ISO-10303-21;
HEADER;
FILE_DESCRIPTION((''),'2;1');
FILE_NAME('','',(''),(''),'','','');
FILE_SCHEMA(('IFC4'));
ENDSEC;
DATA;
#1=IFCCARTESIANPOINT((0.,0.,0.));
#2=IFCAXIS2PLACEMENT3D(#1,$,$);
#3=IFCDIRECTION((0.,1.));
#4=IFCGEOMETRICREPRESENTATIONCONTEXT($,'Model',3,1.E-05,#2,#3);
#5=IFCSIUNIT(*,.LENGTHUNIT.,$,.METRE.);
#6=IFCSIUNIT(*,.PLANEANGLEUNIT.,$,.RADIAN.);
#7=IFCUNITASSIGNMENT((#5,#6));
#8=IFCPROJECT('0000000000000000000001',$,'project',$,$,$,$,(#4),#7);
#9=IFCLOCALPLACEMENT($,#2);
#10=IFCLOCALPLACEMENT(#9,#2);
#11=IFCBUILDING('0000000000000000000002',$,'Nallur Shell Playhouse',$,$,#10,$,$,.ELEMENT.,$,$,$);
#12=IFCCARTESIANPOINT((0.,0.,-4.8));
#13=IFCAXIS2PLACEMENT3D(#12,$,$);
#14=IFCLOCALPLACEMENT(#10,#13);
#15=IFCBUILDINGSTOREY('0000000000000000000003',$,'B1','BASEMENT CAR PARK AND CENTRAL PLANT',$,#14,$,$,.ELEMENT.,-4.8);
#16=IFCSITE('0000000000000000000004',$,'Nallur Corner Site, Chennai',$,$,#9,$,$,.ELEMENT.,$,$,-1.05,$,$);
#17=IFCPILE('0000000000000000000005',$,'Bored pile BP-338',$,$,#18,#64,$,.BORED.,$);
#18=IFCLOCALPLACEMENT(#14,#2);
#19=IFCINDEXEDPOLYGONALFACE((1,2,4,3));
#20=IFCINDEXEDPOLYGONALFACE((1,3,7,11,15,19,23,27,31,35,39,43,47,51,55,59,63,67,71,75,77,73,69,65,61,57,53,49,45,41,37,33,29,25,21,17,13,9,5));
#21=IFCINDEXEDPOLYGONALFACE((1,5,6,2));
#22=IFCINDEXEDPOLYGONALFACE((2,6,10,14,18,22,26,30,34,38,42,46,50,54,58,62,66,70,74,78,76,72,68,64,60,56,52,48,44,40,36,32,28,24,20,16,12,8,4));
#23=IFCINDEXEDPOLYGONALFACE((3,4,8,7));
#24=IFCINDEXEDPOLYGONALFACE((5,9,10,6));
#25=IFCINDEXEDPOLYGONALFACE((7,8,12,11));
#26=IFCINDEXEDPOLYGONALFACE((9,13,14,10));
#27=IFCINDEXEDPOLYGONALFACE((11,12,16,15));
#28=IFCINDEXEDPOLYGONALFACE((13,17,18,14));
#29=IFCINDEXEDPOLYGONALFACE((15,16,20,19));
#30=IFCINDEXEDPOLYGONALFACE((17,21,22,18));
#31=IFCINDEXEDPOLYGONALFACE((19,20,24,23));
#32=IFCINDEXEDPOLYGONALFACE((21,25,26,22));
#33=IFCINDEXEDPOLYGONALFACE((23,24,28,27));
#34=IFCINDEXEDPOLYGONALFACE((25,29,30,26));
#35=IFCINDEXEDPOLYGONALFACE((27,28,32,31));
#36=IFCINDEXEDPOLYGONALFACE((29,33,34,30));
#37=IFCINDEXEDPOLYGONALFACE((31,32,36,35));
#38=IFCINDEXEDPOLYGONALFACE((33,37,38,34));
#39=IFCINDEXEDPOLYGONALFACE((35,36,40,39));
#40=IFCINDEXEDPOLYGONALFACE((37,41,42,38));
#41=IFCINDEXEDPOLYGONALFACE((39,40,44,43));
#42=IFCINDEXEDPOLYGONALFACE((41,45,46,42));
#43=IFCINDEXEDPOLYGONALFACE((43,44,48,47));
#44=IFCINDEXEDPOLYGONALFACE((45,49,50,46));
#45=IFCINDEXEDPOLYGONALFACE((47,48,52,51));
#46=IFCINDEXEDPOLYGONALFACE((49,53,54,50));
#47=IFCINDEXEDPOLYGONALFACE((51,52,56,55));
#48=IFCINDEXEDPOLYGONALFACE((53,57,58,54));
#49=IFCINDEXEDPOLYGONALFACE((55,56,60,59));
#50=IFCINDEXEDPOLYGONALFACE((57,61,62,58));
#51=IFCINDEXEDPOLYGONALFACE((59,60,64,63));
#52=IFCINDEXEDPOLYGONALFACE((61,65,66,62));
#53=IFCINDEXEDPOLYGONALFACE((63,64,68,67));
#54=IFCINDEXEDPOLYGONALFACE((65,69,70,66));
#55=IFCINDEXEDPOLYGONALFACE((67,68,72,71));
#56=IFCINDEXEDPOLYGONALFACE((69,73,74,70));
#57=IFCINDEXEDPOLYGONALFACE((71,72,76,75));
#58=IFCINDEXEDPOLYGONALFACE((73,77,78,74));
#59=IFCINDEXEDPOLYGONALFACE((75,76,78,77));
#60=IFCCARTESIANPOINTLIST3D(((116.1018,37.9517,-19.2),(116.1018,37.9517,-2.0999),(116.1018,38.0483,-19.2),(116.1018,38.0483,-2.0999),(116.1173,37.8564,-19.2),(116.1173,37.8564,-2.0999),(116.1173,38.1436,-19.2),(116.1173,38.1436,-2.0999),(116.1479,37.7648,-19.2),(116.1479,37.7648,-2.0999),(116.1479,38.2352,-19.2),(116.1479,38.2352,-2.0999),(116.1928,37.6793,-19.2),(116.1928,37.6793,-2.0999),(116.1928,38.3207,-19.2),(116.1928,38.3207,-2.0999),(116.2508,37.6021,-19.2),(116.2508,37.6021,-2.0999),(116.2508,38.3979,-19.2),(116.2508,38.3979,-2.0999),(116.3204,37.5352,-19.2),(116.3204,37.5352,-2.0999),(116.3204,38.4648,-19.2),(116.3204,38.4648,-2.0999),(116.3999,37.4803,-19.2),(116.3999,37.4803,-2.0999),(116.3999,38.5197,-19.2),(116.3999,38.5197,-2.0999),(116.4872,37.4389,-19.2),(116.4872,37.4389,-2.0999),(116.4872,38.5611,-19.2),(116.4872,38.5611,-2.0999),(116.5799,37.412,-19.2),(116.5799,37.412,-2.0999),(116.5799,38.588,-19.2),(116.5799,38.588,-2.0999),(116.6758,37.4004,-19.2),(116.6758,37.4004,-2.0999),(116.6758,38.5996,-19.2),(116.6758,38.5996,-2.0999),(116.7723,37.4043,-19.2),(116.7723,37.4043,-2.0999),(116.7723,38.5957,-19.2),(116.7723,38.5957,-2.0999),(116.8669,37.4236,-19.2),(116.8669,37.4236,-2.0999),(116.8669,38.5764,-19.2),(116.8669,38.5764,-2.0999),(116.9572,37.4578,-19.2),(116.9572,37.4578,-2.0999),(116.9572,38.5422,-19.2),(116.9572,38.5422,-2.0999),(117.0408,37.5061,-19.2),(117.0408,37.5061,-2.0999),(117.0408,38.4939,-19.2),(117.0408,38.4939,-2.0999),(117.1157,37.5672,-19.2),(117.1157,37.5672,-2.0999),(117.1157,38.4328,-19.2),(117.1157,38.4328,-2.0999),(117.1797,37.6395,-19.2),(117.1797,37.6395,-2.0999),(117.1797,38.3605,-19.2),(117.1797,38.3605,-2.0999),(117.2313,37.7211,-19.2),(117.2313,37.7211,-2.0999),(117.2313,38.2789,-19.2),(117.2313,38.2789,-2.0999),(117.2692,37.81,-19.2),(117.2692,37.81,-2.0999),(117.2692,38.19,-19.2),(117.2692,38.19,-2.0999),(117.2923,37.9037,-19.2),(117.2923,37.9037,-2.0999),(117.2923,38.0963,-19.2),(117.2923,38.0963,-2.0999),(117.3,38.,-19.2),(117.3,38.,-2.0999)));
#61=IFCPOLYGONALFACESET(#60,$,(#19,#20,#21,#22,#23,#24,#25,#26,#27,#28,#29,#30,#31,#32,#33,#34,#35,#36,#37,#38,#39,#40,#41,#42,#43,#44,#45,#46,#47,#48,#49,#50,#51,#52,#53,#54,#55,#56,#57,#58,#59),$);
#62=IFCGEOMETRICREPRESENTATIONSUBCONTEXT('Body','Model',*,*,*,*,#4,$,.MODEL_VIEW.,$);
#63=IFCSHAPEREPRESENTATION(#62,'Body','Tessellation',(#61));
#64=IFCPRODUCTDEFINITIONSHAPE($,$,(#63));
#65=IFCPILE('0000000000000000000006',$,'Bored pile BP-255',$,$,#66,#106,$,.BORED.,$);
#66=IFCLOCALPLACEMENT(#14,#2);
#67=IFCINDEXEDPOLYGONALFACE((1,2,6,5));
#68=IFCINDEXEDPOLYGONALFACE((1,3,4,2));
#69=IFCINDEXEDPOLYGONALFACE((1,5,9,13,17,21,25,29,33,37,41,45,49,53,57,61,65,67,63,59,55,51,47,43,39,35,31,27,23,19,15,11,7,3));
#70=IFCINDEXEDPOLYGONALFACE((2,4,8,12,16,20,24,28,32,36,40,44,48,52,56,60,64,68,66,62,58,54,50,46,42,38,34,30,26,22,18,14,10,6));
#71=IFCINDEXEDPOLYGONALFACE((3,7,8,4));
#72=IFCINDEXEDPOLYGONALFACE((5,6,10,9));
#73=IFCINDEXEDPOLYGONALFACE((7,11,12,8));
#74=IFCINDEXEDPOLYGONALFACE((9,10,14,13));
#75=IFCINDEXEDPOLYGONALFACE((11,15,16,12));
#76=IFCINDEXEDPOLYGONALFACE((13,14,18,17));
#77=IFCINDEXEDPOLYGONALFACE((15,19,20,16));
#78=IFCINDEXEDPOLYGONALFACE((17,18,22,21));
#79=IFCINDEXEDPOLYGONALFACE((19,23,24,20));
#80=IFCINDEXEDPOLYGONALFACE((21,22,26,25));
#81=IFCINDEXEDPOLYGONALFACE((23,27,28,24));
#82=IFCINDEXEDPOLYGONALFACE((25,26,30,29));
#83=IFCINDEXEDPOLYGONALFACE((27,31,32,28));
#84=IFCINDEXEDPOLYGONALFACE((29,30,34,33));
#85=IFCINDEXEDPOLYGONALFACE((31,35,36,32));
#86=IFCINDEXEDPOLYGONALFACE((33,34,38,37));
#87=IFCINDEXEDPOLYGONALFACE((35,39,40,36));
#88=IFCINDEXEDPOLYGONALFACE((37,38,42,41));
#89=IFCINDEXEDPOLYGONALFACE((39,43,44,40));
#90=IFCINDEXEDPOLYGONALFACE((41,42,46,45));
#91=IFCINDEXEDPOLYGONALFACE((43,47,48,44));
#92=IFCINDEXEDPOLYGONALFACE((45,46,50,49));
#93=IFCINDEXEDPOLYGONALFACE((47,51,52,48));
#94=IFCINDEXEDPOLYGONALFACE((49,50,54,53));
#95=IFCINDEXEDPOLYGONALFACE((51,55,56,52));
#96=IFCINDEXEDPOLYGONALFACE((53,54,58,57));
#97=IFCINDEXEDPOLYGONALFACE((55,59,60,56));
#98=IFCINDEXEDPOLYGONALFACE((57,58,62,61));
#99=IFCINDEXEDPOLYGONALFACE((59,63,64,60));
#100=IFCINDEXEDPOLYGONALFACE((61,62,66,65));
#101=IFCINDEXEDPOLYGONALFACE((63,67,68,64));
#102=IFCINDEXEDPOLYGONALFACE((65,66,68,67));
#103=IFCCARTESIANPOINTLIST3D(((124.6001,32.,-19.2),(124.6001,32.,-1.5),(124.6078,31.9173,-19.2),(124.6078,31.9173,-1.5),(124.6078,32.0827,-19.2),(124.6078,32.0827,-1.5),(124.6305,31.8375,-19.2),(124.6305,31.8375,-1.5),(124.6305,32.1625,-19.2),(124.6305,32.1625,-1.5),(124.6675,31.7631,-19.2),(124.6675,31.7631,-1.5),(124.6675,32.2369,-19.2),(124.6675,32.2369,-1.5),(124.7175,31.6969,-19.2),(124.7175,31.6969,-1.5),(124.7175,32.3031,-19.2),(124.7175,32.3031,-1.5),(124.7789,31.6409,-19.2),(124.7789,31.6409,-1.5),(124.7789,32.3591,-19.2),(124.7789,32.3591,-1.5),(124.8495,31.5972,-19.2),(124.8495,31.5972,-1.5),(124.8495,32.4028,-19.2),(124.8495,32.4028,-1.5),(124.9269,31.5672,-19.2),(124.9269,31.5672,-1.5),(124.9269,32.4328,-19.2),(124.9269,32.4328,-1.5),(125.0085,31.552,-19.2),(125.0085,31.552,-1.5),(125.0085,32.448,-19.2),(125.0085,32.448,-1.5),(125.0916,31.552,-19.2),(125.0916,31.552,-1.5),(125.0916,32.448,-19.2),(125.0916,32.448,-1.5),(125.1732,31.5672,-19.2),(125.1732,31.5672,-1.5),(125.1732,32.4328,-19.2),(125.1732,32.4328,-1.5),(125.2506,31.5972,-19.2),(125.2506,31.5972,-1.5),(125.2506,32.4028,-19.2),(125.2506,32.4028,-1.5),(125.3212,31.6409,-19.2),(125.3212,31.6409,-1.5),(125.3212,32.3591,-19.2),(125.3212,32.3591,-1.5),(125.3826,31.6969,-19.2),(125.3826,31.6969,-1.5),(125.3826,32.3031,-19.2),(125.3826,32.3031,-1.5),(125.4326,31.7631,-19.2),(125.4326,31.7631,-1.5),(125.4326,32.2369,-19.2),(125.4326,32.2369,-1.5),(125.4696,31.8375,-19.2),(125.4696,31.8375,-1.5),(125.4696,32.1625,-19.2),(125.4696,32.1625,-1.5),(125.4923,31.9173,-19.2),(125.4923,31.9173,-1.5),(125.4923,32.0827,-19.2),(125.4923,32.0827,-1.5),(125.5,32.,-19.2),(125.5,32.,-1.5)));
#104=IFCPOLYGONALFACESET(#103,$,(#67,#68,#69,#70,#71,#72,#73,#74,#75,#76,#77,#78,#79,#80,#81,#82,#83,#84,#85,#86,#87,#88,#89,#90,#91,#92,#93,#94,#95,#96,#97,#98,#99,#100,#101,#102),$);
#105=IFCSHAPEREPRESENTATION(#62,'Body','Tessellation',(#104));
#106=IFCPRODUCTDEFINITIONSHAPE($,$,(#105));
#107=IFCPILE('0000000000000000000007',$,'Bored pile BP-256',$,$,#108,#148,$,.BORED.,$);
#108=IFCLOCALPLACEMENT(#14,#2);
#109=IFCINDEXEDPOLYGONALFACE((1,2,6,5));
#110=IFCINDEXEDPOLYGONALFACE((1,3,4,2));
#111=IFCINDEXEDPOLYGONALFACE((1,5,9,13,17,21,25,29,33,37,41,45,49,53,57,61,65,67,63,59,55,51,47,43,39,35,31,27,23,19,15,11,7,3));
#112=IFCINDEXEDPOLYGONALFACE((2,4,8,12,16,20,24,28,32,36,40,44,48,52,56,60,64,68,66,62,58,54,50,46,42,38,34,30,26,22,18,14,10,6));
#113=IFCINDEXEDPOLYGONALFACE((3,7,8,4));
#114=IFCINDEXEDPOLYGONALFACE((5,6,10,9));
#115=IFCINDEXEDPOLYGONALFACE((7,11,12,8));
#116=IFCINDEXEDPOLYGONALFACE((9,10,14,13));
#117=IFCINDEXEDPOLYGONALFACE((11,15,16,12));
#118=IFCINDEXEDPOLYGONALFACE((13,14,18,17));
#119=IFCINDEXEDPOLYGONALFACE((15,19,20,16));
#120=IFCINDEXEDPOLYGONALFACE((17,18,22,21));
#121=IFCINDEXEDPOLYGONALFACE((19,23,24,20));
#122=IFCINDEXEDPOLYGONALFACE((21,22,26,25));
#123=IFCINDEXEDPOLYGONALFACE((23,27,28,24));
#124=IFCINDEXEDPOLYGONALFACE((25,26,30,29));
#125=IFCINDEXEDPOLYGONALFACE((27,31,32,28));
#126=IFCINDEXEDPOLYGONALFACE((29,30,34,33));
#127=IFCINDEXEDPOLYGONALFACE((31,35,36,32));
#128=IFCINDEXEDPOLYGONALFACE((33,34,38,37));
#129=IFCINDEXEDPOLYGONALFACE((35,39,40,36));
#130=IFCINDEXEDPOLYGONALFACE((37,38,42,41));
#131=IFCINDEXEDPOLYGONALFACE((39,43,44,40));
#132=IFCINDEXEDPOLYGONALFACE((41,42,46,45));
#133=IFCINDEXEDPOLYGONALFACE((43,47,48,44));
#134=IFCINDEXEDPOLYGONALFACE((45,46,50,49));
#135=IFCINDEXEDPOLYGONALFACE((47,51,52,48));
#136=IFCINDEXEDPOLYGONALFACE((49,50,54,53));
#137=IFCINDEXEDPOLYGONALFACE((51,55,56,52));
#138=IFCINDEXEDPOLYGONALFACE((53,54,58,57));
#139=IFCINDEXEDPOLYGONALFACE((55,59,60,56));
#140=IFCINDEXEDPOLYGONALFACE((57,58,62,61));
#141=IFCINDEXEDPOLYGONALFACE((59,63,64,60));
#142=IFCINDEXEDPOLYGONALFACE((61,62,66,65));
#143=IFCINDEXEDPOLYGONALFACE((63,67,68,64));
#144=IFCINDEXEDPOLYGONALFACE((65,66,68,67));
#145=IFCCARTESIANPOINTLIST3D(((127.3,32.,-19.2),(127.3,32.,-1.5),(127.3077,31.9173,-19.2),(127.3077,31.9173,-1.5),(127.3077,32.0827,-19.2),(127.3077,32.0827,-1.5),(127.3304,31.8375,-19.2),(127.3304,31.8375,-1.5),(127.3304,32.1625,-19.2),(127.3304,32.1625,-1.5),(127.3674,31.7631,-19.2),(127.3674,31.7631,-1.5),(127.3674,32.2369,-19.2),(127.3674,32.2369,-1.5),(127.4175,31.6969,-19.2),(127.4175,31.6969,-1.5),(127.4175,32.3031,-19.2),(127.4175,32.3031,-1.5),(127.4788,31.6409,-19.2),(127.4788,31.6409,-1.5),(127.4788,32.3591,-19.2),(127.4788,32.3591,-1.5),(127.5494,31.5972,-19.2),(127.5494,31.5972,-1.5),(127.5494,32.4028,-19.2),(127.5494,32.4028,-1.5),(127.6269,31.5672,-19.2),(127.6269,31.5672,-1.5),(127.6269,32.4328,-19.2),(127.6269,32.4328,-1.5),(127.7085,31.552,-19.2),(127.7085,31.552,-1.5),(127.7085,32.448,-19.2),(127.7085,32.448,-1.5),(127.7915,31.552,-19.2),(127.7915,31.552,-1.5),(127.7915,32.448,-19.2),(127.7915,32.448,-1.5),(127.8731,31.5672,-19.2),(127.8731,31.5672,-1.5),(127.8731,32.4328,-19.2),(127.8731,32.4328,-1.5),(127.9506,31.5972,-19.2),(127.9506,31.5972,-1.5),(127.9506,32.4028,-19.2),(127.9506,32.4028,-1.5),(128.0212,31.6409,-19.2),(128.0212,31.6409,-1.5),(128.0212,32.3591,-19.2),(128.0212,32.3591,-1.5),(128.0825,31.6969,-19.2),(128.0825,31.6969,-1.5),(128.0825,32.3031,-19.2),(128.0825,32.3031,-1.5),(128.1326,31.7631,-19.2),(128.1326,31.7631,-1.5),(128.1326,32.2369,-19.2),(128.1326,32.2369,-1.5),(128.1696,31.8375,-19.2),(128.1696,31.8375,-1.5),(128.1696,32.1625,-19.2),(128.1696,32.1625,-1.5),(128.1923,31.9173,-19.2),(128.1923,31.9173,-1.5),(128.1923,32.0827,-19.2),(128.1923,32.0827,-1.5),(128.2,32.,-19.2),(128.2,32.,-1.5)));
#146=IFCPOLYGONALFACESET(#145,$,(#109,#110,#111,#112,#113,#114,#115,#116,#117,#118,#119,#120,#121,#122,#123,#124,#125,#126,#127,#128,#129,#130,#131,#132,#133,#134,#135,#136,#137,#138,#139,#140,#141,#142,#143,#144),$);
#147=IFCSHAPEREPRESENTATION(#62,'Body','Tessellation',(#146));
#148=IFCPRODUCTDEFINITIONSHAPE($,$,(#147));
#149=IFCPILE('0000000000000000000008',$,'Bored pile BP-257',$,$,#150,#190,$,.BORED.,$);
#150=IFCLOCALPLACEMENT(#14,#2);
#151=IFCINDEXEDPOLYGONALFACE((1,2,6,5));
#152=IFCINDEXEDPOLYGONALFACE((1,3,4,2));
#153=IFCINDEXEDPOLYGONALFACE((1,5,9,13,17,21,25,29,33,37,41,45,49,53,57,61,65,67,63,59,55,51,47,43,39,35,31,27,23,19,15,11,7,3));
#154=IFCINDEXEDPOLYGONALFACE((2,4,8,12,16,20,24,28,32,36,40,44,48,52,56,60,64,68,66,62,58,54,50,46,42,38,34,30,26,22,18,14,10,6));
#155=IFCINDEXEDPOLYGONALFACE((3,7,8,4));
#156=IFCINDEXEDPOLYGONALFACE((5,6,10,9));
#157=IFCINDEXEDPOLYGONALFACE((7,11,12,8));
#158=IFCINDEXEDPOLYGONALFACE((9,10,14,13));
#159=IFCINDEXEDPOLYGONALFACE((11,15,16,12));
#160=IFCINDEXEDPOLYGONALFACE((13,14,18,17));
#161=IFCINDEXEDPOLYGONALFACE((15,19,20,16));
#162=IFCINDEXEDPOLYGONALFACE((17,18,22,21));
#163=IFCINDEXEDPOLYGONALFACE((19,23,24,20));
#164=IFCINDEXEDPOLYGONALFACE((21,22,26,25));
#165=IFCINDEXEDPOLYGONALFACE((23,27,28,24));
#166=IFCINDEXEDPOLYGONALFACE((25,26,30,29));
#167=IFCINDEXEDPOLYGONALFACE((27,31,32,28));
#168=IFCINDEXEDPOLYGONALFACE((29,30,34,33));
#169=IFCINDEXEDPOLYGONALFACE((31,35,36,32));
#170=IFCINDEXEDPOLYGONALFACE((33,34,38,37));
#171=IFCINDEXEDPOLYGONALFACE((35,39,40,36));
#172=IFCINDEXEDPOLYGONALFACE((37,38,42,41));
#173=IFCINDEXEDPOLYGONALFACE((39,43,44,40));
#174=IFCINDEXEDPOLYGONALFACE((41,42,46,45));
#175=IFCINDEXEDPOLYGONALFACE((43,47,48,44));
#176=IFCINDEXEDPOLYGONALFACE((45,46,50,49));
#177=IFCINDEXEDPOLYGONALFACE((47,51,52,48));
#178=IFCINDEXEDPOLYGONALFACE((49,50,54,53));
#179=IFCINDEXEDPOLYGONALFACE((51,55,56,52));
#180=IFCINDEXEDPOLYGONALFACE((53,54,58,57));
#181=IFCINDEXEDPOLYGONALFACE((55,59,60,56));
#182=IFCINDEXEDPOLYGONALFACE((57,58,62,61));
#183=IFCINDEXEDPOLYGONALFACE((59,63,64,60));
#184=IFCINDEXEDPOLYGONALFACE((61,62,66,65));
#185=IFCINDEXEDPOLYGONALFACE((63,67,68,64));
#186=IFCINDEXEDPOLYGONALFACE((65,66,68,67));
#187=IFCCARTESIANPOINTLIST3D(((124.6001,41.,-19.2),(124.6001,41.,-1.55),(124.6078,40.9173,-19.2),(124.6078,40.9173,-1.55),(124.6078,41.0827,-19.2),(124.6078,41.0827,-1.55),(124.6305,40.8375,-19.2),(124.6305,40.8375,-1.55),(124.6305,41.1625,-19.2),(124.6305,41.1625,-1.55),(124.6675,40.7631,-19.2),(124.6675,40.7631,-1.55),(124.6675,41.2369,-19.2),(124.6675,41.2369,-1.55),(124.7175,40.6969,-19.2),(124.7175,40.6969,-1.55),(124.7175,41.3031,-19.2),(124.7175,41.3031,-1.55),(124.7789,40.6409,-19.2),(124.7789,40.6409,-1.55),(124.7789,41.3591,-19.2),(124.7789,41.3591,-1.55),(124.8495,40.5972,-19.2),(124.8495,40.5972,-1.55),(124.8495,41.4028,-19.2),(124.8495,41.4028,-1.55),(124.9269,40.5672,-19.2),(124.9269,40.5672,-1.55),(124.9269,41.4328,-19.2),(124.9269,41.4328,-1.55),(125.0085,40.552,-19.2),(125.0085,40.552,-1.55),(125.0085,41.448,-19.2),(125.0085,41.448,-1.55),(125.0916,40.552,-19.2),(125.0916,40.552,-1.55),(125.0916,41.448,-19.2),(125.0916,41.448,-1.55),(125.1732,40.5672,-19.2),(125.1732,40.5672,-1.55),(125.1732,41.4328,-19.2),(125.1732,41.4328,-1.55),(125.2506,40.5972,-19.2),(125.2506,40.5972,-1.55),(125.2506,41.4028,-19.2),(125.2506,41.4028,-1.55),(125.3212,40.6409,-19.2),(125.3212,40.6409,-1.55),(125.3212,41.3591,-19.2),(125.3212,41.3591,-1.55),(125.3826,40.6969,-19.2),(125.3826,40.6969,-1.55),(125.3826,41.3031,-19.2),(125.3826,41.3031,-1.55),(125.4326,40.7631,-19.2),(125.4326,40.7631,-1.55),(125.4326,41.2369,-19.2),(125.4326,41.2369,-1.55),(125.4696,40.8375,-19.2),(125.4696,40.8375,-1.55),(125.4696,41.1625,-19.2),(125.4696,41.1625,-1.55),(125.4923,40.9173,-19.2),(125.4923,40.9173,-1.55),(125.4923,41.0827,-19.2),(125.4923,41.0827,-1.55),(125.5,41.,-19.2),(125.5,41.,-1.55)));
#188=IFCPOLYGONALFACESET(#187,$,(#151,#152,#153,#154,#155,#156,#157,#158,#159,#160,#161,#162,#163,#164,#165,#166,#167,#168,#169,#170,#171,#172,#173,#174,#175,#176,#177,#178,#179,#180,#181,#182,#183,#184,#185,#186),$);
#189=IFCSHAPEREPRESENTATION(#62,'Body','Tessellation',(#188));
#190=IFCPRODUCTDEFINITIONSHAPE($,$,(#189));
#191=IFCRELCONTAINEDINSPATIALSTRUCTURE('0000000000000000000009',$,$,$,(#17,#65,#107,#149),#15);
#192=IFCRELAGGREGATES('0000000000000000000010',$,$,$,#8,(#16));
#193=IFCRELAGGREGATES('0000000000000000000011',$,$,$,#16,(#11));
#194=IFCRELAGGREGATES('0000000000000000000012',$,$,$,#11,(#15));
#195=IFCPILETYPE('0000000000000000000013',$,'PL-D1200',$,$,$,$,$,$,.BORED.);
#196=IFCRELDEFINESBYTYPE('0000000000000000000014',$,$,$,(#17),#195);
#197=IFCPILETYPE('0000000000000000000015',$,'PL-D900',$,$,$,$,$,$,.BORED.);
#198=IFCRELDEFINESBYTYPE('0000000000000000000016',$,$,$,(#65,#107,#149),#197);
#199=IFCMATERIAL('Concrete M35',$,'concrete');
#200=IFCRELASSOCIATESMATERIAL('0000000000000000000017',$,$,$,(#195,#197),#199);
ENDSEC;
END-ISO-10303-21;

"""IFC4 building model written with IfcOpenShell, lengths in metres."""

from ifc_helpers import new_model, si_unit, direction, frame, origin, origin_2d, place, context, subcontext, project, spatial, circle, extrude, material, material_profile, profile_set, type_object, element, save


model = new_model("IFC4")

# Units and contexts
model_context = context("Model", 3, precision=1e-05, world=origin(), true_north=direction((0.0, 1.0)))
body_context = subcontext(model_context, "Body", "Model", "MODEL_VIEW")
ifc_project = project(units=[si_unit("LENGTHUNIT", "METRE"), si_unit("PLANEANGLEUNIT", "RADIAN")], contexts=[model_context])

# Site, building, storey
site_placement = place(None, origin())
site = spatial("IfcSite", under=ifc_project, at=site_placement, Name="Nallur Corner Site, Chennai", CompositionType="ELEMENT", RefElevation=-1.05)
building_placement = place(site_placement, origin())
building = spatial("IfcBuilding", under=site, at=building_placement, Name="Nallur Shell Playhouse", CompositionType="ELEMENT")
storey_placement = place(building_placement, frame((0.0, 0.0, -4.8)))
storey = spatial("IfcBuildingStorey", under=building, at=storey_placement, Name="B1", Description="BASEMENT CAR PARK AND CENTRAL PLANT", CompositionType="ELEMENT", Elevation=-4.8)

# Shared definitions
ifc_material_1 = material(Name="Concrete M35", Category="concrete")

# Piles
ifc_material_profile_1 = material_profile(ifc_material_1, circle(Radius=0.6001, at=origin_2d()), Name="BORED PILE D1200")
ifc_profile_set_1 = profile_set([ifc_material_profile_1], Name="Concrete M35")
pile_type_1 = type_object("IfcPileType", Name="PL-D1200", PredefinedType="BORED", material=ifc_profile_set_1)
for number, where, z_axis, x_axis, name in (
    (1, (116.7, 38.0, -2.0999), (0.0, 0.0, -1.0), (1.0, 0.0, 0.0), "Bored pile BP-338"),
):
    element("IfcPile", number, at=place(storey_placement, frame(where, z_axis=z_axis, x_axis=x_axis)), inside=storey, type_object=pile_type_1, Name=name, PredefinedType="BORED", context=body_context, shape_type="SweptSolid", body=[
        extrude(circle(Radius=0.6001, at=origin_2d()), origin(), (0.0, 0.0, 1.0), 17.1001),
    ])
ifc_material_profile_2 = material_profile(ifc_material_1, circle(Radius=0.45, at=origin_2d()), Name="BORED PILE D900")
ifc_profile_set_2 = profile_set([ifc_material_profile_2], Name="Concrete M35")
pile_type_2 = type_object("IfcPileType", Name="PL-D900", PredefinedType="BORED", material=ifc_profile_set_2)
for number, where, z_axis, x_axis, name in (
    (2, (125.05, 32.0, -1.5), (0.0, 0.0, -1.0), (1.0, 0.0, 0.0), "Bored pile BP-255"),
    (3, (127.75, 32.0, -1.5), (0.0, 0.0, -1.0), (1.0, 0.0, 0.0), "Bored pile BP-256"),
):
    element("IfcPile", number, at=place(storey_placement, frame(where, z_axis=z_axis, x_axis=x_axis)), inside=storey, type_object=pile_type_2, Name=name, PredefinedType="BORED", context=body_context, shape_type="SweptSolid", body=[
        extrude(circle(Radius=0.45, at=origin_2d()), origin(), (0.0, 0.0, 1.0), 17.7),
    ])
for number, where, z_axis, x_axis, name in (
    (4, (125.05, 41.0, -1.55), (0.0, 0.0, -1.0), (1.0, 0.0, 0.0), "Bored pile BP-257"),
):
    element("IfcPile", number, at=place(storey_placement, frame(where, z_axis=z_axis, x_axis=x_axis)), inside=storey, type_object=pile_type_2, Name=name, PredefinedType="BORED", context=body_context, shape_type="SweptSolid", body=[
        extrude(circle(Radius=0.45, at=origin_2d()), origin(), (0.0, 0.0, 1.0), 17.6499),
    ])

save(model, "model.ifc")
